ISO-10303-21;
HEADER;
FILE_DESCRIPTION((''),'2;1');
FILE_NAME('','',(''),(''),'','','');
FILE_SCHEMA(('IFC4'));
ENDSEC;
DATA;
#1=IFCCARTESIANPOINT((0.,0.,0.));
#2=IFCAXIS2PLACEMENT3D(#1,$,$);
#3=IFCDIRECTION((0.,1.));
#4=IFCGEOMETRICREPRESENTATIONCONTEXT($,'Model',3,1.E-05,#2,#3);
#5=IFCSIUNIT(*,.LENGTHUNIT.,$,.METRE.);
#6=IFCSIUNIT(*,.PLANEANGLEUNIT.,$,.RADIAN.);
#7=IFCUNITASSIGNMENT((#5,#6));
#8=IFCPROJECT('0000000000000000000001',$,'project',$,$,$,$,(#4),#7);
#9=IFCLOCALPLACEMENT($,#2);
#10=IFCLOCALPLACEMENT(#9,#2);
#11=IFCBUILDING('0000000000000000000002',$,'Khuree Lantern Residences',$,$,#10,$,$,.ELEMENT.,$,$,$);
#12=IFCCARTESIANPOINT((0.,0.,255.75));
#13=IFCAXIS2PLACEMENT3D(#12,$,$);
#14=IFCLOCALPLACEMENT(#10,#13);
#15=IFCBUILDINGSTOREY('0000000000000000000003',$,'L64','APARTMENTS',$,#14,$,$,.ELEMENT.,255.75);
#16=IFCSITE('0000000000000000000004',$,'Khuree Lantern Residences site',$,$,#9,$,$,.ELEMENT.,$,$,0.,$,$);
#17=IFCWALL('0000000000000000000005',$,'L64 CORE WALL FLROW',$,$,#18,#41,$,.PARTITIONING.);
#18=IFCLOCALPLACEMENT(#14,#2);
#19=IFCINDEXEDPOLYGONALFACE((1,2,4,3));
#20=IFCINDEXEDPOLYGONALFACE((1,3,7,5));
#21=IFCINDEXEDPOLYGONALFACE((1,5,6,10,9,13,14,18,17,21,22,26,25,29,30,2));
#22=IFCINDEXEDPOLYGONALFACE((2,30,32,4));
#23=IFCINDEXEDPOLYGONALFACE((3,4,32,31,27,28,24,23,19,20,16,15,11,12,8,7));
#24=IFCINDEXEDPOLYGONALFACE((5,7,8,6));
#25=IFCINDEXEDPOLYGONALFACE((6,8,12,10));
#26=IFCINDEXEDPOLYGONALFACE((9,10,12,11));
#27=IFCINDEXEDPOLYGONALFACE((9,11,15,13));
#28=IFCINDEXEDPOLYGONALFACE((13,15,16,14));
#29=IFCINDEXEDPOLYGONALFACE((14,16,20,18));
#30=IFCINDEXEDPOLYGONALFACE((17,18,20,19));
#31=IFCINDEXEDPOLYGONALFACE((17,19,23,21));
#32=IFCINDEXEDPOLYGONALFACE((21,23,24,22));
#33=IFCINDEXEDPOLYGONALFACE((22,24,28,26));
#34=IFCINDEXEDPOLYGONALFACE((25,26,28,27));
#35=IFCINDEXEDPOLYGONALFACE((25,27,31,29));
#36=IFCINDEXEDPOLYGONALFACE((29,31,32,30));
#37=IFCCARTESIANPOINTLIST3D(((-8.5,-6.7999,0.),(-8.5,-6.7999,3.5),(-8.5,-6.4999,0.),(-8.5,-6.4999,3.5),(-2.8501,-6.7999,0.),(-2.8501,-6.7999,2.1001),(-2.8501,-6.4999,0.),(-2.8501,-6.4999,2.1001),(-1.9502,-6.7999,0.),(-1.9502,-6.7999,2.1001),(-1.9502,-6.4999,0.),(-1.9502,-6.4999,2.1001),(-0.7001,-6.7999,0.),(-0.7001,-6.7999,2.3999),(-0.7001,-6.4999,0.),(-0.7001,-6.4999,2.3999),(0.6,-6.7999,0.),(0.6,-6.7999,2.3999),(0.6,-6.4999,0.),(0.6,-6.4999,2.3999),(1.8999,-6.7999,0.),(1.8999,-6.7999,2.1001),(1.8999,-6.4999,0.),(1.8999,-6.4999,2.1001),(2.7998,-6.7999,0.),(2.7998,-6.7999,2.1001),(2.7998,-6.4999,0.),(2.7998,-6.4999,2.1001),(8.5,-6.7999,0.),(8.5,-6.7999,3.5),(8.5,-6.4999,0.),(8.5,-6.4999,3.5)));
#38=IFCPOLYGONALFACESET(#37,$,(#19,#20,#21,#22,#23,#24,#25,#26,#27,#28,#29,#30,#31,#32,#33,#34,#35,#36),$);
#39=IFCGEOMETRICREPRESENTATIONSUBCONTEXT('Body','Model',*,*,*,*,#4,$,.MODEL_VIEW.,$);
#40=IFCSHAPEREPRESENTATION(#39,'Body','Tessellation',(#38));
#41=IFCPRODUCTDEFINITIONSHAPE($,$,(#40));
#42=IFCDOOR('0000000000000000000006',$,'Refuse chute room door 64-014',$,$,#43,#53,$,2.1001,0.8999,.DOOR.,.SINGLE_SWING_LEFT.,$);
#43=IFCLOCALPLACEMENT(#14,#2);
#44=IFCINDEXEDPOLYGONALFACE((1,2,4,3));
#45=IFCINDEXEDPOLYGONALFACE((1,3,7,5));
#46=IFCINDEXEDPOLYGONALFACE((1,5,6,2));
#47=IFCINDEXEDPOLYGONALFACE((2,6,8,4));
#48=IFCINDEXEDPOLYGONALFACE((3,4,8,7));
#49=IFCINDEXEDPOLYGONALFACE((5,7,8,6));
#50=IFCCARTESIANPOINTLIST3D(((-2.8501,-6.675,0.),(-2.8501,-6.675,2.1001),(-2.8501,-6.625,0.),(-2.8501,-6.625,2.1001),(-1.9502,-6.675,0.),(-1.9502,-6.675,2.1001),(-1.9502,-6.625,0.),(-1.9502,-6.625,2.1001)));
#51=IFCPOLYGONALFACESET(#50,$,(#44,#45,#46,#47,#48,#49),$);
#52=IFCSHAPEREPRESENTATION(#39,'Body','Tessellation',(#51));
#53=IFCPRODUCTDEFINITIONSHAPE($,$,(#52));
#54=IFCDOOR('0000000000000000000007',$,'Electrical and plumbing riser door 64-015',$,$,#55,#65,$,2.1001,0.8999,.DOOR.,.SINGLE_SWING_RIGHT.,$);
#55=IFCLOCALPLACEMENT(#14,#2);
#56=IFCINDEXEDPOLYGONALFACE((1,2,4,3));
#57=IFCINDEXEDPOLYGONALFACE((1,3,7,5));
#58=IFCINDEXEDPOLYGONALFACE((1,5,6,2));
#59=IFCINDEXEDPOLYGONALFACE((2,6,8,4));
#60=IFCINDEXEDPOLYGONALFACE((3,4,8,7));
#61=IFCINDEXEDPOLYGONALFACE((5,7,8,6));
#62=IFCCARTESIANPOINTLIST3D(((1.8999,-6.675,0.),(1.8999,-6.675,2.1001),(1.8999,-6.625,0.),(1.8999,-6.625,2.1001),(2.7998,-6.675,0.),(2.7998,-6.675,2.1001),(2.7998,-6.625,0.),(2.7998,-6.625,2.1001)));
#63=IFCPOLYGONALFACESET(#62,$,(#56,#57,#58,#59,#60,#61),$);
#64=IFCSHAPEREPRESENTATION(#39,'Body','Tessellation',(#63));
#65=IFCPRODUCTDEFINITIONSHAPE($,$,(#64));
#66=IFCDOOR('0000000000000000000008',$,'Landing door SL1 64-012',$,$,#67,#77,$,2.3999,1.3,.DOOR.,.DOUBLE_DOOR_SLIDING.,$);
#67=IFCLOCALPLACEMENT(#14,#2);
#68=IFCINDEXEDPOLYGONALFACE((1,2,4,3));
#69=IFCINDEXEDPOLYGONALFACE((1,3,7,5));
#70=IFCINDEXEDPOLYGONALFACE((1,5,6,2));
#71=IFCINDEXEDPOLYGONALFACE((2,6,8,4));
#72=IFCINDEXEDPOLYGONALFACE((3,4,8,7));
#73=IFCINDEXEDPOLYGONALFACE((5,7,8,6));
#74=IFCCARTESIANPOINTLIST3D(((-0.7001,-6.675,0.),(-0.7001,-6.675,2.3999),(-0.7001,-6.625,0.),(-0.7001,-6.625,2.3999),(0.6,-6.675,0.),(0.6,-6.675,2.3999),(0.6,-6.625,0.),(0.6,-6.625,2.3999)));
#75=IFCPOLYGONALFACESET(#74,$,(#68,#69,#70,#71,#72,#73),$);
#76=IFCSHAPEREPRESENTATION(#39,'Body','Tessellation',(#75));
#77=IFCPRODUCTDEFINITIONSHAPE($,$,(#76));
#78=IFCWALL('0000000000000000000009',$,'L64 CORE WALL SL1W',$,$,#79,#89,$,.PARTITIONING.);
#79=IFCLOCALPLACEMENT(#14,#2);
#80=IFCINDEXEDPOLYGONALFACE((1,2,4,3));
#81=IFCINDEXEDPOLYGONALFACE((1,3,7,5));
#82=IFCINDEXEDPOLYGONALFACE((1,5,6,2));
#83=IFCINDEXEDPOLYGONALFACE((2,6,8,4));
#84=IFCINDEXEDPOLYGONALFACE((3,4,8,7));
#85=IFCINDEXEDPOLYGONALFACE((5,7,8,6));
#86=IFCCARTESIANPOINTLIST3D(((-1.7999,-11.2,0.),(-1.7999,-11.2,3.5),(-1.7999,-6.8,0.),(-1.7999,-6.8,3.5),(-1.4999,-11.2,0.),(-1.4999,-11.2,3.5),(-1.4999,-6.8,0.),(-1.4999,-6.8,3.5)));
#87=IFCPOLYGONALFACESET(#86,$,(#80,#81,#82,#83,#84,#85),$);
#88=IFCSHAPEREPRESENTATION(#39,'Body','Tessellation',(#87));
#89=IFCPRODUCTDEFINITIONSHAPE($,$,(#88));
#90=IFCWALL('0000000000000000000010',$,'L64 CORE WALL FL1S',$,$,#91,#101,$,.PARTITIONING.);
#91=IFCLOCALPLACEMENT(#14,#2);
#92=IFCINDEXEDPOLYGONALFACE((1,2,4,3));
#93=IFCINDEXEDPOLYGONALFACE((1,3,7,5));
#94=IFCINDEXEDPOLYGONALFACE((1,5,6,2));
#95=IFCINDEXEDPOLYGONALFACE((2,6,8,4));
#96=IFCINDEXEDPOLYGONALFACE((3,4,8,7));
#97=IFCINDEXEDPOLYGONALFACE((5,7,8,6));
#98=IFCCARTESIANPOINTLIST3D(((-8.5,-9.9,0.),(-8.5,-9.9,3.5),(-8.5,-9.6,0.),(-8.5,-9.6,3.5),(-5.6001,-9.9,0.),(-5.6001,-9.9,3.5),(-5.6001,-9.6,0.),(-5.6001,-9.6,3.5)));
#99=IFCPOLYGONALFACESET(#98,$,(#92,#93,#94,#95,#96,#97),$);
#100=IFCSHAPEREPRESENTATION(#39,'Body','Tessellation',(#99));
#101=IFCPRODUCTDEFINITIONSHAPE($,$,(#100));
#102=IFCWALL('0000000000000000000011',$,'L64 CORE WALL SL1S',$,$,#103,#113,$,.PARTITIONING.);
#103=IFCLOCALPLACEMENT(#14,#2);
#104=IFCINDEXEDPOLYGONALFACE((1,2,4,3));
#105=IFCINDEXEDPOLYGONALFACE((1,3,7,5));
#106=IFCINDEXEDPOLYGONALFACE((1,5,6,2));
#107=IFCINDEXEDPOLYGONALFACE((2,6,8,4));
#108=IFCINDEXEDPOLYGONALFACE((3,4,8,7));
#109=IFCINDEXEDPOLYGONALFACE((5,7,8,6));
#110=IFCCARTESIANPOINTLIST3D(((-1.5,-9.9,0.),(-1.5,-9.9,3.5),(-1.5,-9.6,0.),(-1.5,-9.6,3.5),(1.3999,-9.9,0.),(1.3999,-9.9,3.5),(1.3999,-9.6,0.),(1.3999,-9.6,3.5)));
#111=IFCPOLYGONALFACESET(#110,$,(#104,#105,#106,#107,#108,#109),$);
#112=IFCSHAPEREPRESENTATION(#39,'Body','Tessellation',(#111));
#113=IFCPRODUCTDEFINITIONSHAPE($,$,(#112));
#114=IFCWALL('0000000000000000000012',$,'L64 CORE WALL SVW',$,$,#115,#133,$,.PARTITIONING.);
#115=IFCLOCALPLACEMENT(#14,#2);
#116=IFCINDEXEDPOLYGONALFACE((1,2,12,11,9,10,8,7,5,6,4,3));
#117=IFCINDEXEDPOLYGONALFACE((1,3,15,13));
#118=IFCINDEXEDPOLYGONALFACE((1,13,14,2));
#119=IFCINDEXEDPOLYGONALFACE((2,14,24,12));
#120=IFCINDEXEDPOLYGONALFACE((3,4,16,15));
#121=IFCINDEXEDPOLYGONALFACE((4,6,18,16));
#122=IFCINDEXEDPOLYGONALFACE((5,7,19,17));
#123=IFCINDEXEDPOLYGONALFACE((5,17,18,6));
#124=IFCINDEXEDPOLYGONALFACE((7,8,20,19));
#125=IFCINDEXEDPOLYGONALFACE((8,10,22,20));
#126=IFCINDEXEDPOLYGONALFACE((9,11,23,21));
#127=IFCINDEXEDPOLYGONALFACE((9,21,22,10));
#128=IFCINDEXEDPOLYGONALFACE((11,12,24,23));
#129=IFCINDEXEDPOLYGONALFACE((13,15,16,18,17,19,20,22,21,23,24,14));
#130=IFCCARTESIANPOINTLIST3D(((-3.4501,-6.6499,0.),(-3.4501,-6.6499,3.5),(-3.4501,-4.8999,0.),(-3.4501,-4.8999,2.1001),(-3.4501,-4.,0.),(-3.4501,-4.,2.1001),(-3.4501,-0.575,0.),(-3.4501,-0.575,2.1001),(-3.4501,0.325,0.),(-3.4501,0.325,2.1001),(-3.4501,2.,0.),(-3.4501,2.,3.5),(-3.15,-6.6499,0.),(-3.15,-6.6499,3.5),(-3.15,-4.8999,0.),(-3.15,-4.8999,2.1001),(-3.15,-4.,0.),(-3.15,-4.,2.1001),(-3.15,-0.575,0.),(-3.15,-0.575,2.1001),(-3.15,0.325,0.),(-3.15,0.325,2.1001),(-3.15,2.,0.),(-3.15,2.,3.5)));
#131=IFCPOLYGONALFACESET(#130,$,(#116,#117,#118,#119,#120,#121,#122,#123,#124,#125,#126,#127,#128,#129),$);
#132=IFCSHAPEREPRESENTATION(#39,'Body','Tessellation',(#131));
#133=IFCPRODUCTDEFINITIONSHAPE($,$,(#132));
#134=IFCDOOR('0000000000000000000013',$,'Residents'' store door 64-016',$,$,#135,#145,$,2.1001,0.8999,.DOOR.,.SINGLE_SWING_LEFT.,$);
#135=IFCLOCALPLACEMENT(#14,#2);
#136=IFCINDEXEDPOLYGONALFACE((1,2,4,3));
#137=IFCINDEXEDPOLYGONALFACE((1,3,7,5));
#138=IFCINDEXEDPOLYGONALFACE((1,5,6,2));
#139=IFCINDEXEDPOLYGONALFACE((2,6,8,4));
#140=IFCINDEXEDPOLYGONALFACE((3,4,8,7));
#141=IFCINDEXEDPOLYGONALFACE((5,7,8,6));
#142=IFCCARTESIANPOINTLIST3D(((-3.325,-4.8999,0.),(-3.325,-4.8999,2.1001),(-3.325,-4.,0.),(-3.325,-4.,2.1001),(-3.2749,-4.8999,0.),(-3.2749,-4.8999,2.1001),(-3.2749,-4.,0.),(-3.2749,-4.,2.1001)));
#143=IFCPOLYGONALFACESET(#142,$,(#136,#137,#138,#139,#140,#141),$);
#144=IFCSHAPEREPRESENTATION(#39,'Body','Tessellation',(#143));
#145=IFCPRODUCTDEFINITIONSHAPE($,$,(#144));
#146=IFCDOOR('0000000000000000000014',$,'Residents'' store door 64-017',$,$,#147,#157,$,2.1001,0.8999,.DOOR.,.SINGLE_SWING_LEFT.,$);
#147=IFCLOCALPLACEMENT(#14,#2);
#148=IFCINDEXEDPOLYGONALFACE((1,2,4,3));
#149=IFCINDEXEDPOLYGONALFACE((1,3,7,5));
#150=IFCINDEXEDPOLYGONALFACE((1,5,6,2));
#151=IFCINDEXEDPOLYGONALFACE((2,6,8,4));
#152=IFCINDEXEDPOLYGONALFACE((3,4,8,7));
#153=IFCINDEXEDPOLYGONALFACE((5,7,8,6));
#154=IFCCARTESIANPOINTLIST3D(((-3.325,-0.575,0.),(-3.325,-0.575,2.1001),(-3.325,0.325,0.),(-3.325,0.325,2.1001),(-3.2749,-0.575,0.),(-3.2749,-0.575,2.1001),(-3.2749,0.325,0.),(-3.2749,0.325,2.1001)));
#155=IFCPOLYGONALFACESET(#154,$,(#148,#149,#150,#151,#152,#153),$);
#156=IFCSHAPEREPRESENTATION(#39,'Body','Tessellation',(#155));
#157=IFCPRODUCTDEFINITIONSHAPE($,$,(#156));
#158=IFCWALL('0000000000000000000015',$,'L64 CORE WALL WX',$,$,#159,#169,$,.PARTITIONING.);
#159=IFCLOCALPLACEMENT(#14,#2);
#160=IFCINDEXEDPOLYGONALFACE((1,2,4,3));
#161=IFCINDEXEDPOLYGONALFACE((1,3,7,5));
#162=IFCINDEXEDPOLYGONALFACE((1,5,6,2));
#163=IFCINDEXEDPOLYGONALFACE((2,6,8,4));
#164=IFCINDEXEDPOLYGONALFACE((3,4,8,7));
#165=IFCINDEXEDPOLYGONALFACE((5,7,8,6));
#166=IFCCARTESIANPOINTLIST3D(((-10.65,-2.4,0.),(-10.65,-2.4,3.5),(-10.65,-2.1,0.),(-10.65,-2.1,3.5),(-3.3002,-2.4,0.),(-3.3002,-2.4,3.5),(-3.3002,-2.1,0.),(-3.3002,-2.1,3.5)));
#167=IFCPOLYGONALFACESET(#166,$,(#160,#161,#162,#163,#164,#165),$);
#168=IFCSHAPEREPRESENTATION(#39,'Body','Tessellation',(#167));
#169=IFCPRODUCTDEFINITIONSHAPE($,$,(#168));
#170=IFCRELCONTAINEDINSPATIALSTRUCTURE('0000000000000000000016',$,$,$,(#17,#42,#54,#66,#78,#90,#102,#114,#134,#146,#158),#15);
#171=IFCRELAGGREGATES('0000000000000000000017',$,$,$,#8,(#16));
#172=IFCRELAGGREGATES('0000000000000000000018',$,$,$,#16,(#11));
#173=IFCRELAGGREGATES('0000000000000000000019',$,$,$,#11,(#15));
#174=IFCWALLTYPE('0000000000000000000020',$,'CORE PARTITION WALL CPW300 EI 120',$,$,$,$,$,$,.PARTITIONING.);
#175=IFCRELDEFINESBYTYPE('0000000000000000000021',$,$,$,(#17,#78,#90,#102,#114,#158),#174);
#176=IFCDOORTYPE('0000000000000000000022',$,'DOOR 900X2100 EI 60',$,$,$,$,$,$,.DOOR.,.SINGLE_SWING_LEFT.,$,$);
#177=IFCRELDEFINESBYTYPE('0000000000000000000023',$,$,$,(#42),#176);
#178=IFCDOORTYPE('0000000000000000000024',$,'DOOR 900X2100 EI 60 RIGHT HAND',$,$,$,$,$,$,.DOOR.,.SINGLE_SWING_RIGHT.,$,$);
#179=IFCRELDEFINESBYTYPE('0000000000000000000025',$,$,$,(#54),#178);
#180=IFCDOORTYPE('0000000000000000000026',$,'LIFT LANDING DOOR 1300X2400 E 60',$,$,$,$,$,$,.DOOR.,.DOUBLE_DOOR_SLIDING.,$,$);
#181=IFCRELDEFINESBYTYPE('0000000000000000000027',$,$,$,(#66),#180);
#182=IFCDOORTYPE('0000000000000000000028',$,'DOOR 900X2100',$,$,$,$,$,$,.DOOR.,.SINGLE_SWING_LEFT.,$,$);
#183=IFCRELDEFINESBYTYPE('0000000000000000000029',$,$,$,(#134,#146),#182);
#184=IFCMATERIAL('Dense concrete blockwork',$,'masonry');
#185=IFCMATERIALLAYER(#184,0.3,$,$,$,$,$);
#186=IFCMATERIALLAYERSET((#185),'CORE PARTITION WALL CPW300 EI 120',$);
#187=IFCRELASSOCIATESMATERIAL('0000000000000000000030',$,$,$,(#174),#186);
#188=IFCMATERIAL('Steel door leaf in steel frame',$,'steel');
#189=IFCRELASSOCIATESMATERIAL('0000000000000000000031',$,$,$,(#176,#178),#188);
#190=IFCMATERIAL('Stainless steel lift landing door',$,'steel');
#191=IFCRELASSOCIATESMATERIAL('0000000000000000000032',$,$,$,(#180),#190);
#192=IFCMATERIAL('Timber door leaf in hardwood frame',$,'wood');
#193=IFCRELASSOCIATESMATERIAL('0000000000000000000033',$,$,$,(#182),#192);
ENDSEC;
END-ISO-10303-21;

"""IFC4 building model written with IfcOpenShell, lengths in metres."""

from ifc_helpers import new_model, si_unit, direction, frame, frame_2d, origin, place, context, subcontext, project, spatial, rectangle, extrude, material, layer, layer_set, type_object, element, fill, save


model = new_model("IFC4")

# Units and contexts
model_context = context("Model", 3, precision=1e-05, world=origin(), true_north=direction((0.0, 1.0)))
body_context = subcontext(model_context, "Body", "Model", "MODEL_VIEW")
ifc_project = project(units=[si_unit("LENGTHUNIT", "METRE"), si_unit("PLANEANGLEUNIT", "RADIAN")], contexts=[model_context])

# Site, building, storey
site_placement = place(None, origin())
site = spatial("IfcSite", under=ifc_project, at=site_placement, Name="Khuree Lantern Residences site", CompositionType="ELEMENT", RefElevation=0.0)
building_placement = place(site_placement, origin())
building = spatial("IfcBuilding", under=site, at=building_placement, Name="Khuree Lantern Residences", CompositionType="ELEMENT")
storey_placement = place(building_placement, frame((0.0, 0.0, 255.75)))
storey = spatial("IfcBuildingStorey", under=building, at=storey_placement, Name="L64", Description="APARTMENTS", CompositionType="ELEMENT", Elevation=255.75)

# Wall, openings, doors
ifc_material_1 = material(Name="Dense concrete blockwork", Category="masonry")
ifc_layer_1 = layer(ifc_material_1, 0.3)
ifc_layer_set_1 = layer_set([ifc_layer_1], Name="CORE PARTITION WALL CPW300 EI 120")
wall_type_1 = type_object("IfcWallType", Name="CORE PARTITION WALL CPW300 EI 120", PredefinedType="PARTITIONING", material=ifc_layer_set_1)
wall_1_placement = place(storey_placement, frame((-8.5, -6.6499, 0.0), z_axis=(0.0, 0.0, 1.0), x_axis=(1.0, 0.0, 0.0)))
wall_1 = element("IfcWall", 1, at=wall_1_placement, inside=storey, type_object=wall_type_1, Name="L64 CORE WALL FLROW", PredefinedType="PARTITIONING", context=body_context, shape_type="SweptSolid", body=[
    extrude(rectangle(XDim=17.0, YDim=0.3, at=frame_2d((8.5, 0.0))), origin(), (0.0, 0.0, 1.0), 3.5),
])
opening_1_placement = place(wall_1_placement, frame((7.8, 0.0, 0.0)))
opening_1 = element("IfcOpeningElement", 2, at=opening_1_placement, cuts=wall_1, PredefinedType="OPENING", context=body_context, shape_type="SweptSolid", body=[
    extrude(rectangle(XDim=1.3, YDim=2.3999, at=frame_2d((0.6499, 1.2))), frame((0.0, 0.1602, 0.0), z_axis=(0.0, -1.0, 0.0), x_axis=(1.0, 0.0, 0.0)), (0.0, 0.0, 1.0), 0.3201),
])
opening_2_placement = place(wall_1_placement, frame((5.6499, 0.0, 0.0)))
opening_2 = element("IfcOpeningElement", 3, at=opening_2_placement, cuts=wall_1, PredefinedType="OPENING", context=body_context, shape_type="SweptSolid", body=[
    extrude(rectangle(XDim=0.8999, YDim=2.1001, at=frame_2d((0.45, 1.05))), frame((0.0, 0.1602, 0.0), z_axis=(0.0, -1.0, 0.0), x_axis=(1.0, 0.0, 0.0)), (0.0, 0.0, 1.0), 0.3201),
])
opening_3_placement = place(wall_1_placement, frame((10.3999, 0.0, 0.0)))
opening_3 = element("IfcOpeningElement", 4, at=opening_3_placement, cuts=wall_1, PredefinedType="OPENING", context=body_context, shape_type="SweptSolid", body=[
    extrude(rectangle(XDim=0.8999, YDim=2.1001, at=frame_2d((0.45, 1.05))), frame((0.0, 0.1602, 0.0), z_axis=(0.0, -1.0, 0.0), x_axis=(1.0, 0.0, 0.0)), (0.0, 0.0, 1.0), 0.3201),
])
ifc_material_2 = material(Name="Steel door leaf in steel frame", Category="steel")
door_type_1 = type_object("IfcDoorType", Name="DOOR 900X2100 EI 60", OperationType="SINGLE_SWING_LEFT", PredefinedType="DOOR", material=ifc_material_2)
door_1_placement = place(opening_2_placement, origin())
door_1 = element("IfcDoor", 5, at=door_1_placement, inside=storey, type_object=door_type_1, Name="Refuse chute room door 64-014", OperationType="SINGLE_SWING_LEFT", OverallHeight=2.1001, OverallWidth=0.8999, PredefinedType="DOOR", context=body_context, shape_type="SweptSolid", body=[
    extrude(rectangle(XDim=0.8999, YDim=2.1001, at=frame_2d((0.45, 1.05))), frame((0.0, 0.0249, 0.0), z_axis=(0.0, -1.0, 0.0), x_axis=(1.0, 0.0, 0.0)), (0.0, 0.0, 1.0), 0.05),
])
fill(opening_2, door_1)
door_type_2 = type_object("IfcDoorType", Name="DOOR 900X2100 EI 60 RIGHT HAND", OperationType="SINGLE_SWING_RIGHT", PredefinedType="DOOR", material=ifc_material_2)
door_2_placement = place(opening_3_placement, origin())
door_2 = element("IfcDoor", 6, at=door_2_placement, inside=storey, type_object=door_type_2, Name="Electrical and plumbing riser door 64-015", OperationType="SINGLE_SWING_RIGHT", OverallHeight=2.1001, OverallWidth=0.8999, PredefinedType="DOOR", context=body_context, shape_type="SweptSolid", body=[
    extrude(rectangle(XDim=0.8999, YDim=2.1001, at=frame_2d((0.45, 1.05))), frame((0.0, 0.0249, 0.0), z_axis=(0.0, -1.0, 0.0), x_axis=(1.0, 0.0, 0.0)), (0.0, 0.0, 1.0), 0.05),
])
fill(opening_3, door_2)
ifc_material_3 = material(Name="Stainless steel lift landing door", Category="steel")
door_type_3 = type_object("IfcDoorType", Name="LIFT LANDING DOOR 1300X2400 E 60", OperationType="DOUBLE_DOOR_SLIDING", PredefinedType="DOOR", material=ifc_material_3)
door_3_placement = place(opening_1_placement, origin())
door_3 = element("IfcDoor", 7, at=door_3_placement, inside=storey, type_object=door_type_3, Name="Landing door SL1 64-012", OperationType="DOUBLE_DOOR_SLIDING", OverallHeight=2.3999, OverallWidth=1.3, PredefinedType="DOOR", context=body_context, shape_type="SweptSolid", body=[
    extrude(rectangle(XDim=1.3, YDim=2.3999, at=frame_2d((0.6499, 1.2))), frame((0.0, 0.0249, 0.0), z_axis=(0.0, -1.0, 0.0), x_axis=(1.0, 0.0, 0.0)), (0.0, 0.0, 1.0), 0.05),
])
fill(opening_1, door_3)

# Walls
wall_2_placement = place(storey_placement, frame((-1.6499, -11.2, 0.0), z_axis=(0.0, 0.0, 1.0), x_axis=(0.0, 1.0, 0.0)))
element("IfcWall", 8, at=wall_2_placement, inside=storey, type_object=wall_type_1, Name="L64 CORE WALL SL1W", PredefinedType="PARTITIONING", context=body_context, shape_type="SweptSolid", body=[
    extrude(rectangle(XDim=4.3999, YDim=0.3, at=frame_2d((2.2, 0.0))), origin(), (0.0, 0.0, 1.0), 3.5),
])
for number, where, z_axis, x_axis, name in (
    (9, (-8.5, -9.75, 0.0), (0.0, 0.0, 1.0), (1.0, 0.0, 0.0), "L64 CORE WALL FL1S"),
    (10, (-1.5, -9.75, 0.0), (0.0, 0.0, 1.0), (1.0, 0.0, 0.0), "L64 CORE WALL SL1S"),
):
    element("IfcWall", number, at=place(storey_placement, frame(where, z_axis=z_axis, x_axis=x_axis)), inside=storey, type_object=wall_type_1, Name=name, PredefinedType="PARTITIONING", context=body_context, shape_type="SweptSolid", body=[
        extrude(rectangle(XDim=2.8999, YDim=0.3, at=frame_2d((1.45, 0.0))), origin(), (0.0, 0.0, 1.0), 3.5),
    ])

# Wall, openings, doors
wall_3_placement = place(storey_placement, frame((-3.3, -6.6499, 0.0), z_axis=(0.0, 0.0, 1.0), x_axis=(0.0, 1.0, 0.0)))
wall_3 = element("IfcWall", 11, at=wall_3_placement, inside=storey, type_object=wall_type_1, Name="L64 CORE WALL SVW", PredefinedType="PARTITIONING", context=body_context, shape_type="SweptSolid", body=[
    extrude(rectangle(XDim=8.6499, YDim=0.3, at=frame_2d((4.325, 0.0))), origin(), (0.0, 0.0, 1.0), 3.5),
])
opening_4_placement = place(wall_3_placement, frame((1.75, 0.0, 0.0)))
opening_4 = element("IfcOpeningElement", 12, at=opening_4_placement, cuts=wall_3, PredefinedType="OPENING", context=body_context, shape_type="SweptSolid", body=[
    extrude(rectangle(XDim=0.8999, YDim=2.1001, at=frame_2d((0.45, 1.05))), frame((0.0, 0.1602, 0.0), z_axis=(0.0, -1.0, 0.0), x_axis=(1.0, 0.0, 0.0)), (0.0, 0.0, 1.0), 0.3201),
])
opening_5_placement = place(wall_3_placement, frame((6.075, 0.0, 0.0)))
opening_5 = element("IfcOpeningElement", 13, at=opening_5_placement, cuts=wall_3, PredefinedType="OPENING", context=body_context, shape_type="SweptSolid", body=[
    extrude(rectangle(XDim=0.8999, YDim=2.1001, at=frame_2d((0.45, 1.05))), frame((0.0, 0.1602, 0.0), z_axis=(0.0, -1.0, 0.0), x_axis=(1.0, 0.0, 0.0)), (0.0, 0.0, 1.0), 0.3201),
])
ifc_material_4 = material(Name="Timber door leaf in hardwood frame", Category="wood")
door_type_4 = type_object("IfcDoorType", Name="DOOR 900X2100", OperationType="SINGLE_SWING_LEFT", PredefinedType="DOOR", material=ifc_material_4)
door_4_placement = place(opening_4_placement, origin())
door_4 = element("IfcDoor", 14, at=door_4_placement, inside=storey, type_object=door_type_4, Name="Residents' store door 64-016", OperationType="SINGLE_SWING_LEFT", OverallHeight=2.1001, OverallWidth=0.8999, PredefinedType="DOOR", context=body_context, shape_type="SweptSolid", body=[
    extrude(rectangle(XDim=0.8999, YDim=2.1001, at=frame_2d((0.45, 1.05))), frame((0.0, 0.0249, 0.0), z_axis=(0.0, -1.0, 0.0), x_axis=(1.0, 0.0, 0.0)), (0.0, 0.0, 1.0), 0.05),
])
fill(opening_4, door_4)
door_5_placement = place(opening_5_placement, origin())
door_5 = element("IfcDoor", 15, at=door_5_placement, inside=storey, type_object=door_type_4, Name="Residents' store door 64-017", OperationType="SINGLE_SWING_LEFT", OverallHeight=2.1001, OverallWidth=0.8999, PredefinedType="DOOR", context=body_context, shape_type="SweptSolid", body=[
    extrude(rectangle(XDim=0.8999, YDim=2.1001, at=frame_2d((0.45, 1.05))), frame((0.0, 0.0249, 0.0), z_axis=(0.0, -1.0, 0.0), x_axis=(1.0, 0.0, 0.0)), (0.0, 0.0, 1.0), 0.05),
])
fill(opening_5, door_5)

# Wall
wall_4_placement = place(storey_placement, frame((-10.6499, -2.25, 0.0), z_axis=(0.0, 0.0, 1.0), x_axis=(1.0, 0.0, 0.0)))
element("IfcWall", 16, at=wall_4_placement, inside=storey, type_object=wall_type_1, Name="L64 CORE WALL WX", PredefinedType="PARTITIONING", context=body_context, shape_type="SweptSolid", body=[
    extrude(rectangle(XDim=7.3499, YDim=0.3, at=frame_2d((3.6748, 0.0))), origin(), (0.0, 0.0, 1.0), 3.5),
])

save(model, "model.ifc")
